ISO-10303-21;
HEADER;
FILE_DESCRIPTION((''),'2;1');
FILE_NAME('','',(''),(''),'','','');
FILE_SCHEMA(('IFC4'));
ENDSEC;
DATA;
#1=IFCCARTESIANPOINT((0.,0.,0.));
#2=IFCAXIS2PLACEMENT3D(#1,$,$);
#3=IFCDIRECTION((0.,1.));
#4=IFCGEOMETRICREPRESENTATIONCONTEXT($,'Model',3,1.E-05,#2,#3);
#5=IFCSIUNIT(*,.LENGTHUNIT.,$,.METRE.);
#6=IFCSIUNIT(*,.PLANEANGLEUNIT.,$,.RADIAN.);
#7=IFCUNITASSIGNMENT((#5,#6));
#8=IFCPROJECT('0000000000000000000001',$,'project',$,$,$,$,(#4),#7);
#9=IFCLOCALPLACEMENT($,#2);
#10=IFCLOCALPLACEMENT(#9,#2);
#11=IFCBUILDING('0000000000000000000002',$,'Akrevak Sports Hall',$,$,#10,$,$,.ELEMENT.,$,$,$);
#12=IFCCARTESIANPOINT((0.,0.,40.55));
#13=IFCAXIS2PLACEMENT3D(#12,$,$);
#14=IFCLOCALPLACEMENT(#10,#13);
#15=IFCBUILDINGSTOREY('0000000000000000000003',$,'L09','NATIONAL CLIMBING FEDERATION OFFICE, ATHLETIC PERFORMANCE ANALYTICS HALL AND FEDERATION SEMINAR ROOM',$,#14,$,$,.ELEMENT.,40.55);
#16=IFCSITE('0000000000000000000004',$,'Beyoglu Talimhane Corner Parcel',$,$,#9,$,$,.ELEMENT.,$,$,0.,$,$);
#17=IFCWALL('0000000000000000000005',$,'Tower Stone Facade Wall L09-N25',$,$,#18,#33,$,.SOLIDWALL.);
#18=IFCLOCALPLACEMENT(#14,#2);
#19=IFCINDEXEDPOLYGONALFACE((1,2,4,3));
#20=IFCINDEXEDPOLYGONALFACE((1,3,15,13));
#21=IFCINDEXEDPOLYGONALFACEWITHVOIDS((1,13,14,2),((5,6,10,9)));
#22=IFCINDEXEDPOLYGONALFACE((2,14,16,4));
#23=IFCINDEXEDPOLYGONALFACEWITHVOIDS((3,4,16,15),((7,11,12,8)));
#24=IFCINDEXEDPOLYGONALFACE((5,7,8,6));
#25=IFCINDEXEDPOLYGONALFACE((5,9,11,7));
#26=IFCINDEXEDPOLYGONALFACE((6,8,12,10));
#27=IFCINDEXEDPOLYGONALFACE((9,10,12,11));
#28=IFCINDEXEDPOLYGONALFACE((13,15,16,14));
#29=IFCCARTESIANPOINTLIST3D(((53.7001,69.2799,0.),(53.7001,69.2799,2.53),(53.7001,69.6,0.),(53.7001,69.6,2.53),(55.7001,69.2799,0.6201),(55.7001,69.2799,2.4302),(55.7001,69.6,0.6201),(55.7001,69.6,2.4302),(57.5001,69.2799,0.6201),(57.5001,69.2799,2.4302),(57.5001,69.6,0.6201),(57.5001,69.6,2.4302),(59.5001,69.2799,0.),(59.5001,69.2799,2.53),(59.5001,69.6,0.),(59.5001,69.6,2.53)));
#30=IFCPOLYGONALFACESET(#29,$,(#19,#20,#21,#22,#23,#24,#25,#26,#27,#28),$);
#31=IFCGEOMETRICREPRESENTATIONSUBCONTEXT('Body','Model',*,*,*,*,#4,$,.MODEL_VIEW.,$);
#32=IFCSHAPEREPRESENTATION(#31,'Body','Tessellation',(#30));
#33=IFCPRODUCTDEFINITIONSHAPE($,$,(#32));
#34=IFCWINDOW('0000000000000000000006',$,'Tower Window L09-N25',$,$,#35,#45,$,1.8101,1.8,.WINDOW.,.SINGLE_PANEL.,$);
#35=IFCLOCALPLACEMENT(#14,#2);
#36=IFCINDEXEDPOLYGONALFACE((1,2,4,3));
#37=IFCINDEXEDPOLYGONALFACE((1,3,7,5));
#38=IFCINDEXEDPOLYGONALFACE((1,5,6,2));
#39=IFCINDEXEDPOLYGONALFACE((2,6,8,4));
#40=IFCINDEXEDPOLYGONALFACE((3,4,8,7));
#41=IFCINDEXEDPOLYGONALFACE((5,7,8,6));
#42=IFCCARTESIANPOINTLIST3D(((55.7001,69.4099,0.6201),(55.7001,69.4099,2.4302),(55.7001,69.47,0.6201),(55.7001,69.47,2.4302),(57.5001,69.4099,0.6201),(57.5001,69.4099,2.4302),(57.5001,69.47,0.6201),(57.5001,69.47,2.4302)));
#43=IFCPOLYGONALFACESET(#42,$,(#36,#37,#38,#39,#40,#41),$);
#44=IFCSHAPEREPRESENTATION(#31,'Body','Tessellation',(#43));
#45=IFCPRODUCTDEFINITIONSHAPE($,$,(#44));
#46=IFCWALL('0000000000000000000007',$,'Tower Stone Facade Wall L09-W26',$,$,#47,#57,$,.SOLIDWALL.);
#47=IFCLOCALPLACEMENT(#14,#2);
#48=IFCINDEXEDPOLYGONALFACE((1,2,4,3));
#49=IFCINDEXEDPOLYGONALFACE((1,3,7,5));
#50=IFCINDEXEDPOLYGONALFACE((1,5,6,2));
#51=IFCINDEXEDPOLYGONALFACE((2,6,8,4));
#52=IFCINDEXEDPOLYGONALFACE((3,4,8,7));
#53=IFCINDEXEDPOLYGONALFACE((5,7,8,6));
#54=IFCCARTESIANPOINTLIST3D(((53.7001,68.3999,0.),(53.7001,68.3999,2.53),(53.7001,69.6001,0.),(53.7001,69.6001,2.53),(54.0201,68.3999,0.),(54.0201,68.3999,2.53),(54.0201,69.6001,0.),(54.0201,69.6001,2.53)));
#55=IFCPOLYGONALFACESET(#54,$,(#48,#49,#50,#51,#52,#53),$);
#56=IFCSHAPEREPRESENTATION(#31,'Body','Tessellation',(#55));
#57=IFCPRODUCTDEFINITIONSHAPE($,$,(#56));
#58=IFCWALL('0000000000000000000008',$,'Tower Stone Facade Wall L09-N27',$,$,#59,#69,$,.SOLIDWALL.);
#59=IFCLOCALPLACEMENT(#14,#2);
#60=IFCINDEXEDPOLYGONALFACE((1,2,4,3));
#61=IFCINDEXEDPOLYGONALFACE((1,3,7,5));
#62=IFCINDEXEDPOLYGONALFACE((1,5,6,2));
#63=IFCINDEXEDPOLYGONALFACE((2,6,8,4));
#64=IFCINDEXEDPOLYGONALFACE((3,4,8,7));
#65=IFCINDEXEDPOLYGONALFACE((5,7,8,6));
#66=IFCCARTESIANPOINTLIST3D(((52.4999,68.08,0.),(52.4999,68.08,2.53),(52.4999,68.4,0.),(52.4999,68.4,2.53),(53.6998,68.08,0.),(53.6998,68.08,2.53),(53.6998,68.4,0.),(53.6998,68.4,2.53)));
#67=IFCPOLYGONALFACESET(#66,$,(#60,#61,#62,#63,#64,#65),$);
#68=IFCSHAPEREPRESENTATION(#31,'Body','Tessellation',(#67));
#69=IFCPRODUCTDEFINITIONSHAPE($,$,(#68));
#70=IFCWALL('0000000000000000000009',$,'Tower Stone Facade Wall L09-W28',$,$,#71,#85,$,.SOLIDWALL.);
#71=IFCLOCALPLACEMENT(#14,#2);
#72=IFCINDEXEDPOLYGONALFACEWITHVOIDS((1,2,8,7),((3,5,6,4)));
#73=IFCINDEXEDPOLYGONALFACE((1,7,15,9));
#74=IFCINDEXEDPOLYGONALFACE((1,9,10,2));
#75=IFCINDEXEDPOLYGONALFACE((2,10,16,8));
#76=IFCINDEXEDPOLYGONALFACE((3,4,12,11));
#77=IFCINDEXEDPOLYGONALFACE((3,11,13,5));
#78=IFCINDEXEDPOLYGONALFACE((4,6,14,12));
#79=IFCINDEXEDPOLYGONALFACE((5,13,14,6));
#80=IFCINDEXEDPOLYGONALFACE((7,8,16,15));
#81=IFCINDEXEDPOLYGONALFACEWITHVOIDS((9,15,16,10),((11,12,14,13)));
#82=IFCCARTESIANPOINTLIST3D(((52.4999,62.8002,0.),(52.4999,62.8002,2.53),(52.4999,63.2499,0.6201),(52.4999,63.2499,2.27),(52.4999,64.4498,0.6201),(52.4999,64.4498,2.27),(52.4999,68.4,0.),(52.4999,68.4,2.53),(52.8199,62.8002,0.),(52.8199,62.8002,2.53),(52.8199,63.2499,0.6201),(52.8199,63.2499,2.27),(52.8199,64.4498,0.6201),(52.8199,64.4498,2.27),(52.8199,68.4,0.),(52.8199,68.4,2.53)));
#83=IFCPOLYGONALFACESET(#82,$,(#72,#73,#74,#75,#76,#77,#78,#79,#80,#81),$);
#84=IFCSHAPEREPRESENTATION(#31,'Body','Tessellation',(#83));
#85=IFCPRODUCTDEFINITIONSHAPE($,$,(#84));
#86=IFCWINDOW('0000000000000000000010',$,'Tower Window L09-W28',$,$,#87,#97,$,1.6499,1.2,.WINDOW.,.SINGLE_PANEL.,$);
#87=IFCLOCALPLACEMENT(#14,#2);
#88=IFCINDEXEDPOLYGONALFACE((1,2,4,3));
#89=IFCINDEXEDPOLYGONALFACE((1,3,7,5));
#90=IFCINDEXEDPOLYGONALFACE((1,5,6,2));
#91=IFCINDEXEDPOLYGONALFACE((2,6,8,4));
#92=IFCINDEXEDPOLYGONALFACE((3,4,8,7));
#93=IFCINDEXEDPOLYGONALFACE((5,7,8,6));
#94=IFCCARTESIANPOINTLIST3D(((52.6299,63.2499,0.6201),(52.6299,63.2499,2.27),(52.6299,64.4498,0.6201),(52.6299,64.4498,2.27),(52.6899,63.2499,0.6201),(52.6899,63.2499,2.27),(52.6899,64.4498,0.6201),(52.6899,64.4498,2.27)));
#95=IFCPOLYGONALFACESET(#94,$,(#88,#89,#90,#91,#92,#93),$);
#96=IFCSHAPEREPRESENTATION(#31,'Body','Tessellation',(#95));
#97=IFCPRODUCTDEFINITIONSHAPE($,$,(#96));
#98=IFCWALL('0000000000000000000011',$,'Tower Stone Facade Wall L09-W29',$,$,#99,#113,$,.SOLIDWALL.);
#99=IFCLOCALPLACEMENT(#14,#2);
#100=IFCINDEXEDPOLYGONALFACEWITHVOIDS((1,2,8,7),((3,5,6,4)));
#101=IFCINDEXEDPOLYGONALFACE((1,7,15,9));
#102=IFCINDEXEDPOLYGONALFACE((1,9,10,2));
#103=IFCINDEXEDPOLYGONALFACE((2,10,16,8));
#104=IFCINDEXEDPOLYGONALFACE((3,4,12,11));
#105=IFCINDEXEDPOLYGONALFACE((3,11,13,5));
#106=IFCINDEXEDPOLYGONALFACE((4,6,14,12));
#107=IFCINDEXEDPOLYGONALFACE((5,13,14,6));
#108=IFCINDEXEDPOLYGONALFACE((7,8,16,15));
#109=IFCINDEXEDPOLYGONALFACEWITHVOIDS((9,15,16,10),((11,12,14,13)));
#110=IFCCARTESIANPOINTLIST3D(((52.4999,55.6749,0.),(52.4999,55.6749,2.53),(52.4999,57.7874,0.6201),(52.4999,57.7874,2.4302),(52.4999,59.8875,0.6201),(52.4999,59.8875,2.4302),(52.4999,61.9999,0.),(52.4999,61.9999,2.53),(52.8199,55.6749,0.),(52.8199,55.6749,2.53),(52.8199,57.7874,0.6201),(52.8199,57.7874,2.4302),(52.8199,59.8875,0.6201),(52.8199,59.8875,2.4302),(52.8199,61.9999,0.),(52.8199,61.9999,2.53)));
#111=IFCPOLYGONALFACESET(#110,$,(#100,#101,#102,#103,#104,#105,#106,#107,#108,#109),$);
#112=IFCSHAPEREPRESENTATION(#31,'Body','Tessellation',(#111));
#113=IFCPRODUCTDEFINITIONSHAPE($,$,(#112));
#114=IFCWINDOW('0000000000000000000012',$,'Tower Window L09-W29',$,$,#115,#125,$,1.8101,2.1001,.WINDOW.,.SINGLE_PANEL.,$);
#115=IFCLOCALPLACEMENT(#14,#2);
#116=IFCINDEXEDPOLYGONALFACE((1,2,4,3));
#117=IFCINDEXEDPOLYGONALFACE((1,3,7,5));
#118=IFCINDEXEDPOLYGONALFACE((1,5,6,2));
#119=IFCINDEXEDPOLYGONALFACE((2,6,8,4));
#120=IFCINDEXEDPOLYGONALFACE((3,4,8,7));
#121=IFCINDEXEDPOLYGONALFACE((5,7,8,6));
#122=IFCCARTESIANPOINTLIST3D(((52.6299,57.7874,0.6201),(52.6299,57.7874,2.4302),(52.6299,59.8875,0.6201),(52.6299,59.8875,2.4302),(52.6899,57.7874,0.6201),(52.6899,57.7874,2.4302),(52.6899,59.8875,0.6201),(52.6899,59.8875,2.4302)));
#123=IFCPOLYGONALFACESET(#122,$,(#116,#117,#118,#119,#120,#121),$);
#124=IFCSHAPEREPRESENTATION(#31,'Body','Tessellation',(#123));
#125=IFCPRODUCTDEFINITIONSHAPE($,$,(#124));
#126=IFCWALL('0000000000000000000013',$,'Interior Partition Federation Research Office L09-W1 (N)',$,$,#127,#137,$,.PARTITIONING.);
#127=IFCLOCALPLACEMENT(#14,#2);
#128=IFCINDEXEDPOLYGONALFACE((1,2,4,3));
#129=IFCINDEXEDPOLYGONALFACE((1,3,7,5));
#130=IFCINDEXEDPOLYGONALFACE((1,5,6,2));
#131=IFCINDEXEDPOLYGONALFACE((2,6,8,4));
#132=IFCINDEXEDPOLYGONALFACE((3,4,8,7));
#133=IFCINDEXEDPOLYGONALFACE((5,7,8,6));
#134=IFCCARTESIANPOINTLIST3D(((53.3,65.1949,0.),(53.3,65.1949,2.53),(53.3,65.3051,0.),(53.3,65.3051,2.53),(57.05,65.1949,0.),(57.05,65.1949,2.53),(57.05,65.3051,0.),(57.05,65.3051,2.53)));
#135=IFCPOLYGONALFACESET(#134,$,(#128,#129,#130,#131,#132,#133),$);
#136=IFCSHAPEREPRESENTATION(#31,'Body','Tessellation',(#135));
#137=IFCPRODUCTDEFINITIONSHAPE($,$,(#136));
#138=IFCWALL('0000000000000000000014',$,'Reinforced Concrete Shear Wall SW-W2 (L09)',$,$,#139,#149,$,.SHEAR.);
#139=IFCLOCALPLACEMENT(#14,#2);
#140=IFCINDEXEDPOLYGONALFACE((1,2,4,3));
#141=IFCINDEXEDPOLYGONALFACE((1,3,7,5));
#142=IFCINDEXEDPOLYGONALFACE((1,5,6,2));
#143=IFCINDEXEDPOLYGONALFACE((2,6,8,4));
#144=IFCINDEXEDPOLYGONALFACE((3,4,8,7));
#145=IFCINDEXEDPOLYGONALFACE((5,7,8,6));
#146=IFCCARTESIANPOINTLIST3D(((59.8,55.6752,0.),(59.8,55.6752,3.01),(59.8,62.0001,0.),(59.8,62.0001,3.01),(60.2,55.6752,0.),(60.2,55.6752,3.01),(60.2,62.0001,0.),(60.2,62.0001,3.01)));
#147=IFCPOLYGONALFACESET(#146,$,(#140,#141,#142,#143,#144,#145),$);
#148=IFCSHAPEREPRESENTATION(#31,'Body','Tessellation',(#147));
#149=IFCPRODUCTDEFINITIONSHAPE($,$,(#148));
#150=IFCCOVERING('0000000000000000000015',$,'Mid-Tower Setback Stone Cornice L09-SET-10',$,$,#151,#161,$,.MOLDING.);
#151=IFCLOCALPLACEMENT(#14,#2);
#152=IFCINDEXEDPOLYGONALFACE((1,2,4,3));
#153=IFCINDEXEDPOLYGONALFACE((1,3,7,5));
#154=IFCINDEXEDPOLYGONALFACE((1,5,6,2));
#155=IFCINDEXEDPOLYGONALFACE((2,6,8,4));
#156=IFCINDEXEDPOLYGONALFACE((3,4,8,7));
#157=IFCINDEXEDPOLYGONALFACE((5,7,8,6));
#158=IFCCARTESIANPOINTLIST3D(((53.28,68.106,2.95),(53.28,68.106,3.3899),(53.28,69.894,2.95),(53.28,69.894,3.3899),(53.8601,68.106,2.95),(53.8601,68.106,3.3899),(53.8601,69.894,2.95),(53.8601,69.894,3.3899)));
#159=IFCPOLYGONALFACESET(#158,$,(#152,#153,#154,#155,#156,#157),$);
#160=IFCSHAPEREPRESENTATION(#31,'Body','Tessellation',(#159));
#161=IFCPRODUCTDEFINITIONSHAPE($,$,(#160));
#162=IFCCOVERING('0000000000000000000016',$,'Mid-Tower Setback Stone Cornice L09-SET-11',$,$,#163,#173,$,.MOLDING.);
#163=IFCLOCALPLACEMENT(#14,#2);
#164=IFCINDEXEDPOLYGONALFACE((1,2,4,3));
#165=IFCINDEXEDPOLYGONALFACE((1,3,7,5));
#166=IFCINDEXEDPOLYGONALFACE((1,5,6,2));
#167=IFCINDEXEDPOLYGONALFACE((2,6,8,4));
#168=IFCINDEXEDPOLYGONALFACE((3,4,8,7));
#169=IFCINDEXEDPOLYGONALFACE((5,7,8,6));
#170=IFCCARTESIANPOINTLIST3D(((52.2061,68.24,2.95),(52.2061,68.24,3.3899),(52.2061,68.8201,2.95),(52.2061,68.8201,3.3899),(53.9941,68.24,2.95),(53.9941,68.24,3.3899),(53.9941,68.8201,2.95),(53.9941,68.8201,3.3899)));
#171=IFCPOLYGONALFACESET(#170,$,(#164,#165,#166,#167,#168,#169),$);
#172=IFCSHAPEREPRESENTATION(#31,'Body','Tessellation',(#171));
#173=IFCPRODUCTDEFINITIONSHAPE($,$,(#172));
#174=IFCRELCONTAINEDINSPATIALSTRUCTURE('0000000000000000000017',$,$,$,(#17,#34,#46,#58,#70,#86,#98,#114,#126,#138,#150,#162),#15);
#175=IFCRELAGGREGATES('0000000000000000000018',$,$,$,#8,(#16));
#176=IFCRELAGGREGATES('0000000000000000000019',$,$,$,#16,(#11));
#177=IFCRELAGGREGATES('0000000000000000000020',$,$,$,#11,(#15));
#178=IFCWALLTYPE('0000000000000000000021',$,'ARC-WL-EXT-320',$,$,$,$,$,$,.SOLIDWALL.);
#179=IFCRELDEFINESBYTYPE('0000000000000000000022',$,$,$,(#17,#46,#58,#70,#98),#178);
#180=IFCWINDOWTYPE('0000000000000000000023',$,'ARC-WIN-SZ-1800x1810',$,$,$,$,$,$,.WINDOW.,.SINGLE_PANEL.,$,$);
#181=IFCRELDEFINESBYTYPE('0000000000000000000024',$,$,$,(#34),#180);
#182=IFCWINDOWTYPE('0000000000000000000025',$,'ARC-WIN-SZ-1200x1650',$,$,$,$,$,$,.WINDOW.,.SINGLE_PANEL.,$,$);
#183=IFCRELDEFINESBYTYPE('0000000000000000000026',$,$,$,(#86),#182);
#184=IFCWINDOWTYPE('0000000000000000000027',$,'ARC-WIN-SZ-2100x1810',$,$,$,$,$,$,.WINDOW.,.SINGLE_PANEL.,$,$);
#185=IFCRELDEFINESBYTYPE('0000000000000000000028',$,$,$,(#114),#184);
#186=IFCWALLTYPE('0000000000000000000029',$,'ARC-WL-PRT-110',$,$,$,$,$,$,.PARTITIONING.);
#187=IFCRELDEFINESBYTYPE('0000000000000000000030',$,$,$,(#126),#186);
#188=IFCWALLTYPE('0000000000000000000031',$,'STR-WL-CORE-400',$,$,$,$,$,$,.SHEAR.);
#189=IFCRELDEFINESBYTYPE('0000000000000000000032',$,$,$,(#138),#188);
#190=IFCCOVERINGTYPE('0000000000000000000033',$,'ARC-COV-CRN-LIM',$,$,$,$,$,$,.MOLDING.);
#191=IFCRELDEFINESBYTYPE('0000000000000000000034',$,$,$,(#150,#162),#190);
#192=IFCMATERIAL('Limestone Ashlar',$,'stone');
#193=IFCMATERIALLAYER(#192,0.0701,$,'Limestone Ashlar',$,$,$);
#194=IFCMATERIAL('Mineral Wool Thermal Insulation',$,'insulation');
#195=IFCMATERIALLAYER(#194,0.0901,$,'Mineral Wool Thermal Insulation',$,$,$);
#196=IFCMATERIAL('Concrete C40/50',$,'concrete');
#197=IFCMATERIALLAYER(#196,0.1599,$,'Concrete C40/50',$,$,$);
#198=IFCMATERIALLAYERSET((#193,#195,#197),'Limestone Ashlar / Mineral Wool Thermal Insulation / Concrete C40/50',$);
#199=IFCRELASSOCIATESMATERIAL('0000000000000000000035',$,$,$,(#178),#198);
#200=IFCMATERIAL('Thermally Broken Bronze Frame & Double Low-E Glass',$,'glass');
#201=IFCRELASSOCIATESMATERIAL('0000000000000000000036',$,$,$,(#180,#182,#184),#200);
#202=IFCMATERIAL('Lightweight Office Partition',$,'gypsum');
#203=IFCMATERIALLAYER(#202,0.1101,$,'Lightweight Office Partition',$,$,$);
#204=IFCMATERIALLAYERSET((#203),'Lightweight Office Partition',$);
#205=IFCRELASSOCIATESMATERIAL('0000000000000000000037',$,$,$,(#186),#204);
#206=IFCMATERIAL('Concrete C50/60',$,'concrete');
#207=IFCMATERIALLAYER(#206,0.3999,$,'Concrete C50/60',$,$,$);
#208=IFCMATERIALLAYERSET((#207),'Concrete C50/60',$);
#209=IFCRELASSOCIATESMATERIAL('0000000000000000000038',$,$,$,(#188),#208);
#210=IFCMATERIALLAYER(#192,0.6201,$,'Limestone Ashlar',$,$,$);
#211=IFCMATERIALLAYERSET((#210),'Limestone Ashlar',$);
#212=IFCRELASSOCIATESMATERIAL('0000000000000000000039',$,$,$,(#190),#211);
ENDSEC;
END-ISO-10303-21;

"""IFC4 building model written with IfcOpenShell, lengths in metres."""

from ifc_helpers import new_model, si_unit, direction, frame, frame_2d, origin, origin_2d, place, context, subcontext, project, spatial, rectangle, extrude, material, layer, layer_set, type_object, element, fill, save


model = new_model("IFC4")

# Units and contexts
model_context = context("Model", 3, precision=1e-05, world=origin(), true_north=direction((0.0, 1.0)))
body_context = subcontext(model_context, "Body", "Model", "MODEL_VIEW")
ifc_project = project(units=[si_unit("LENGTHUNIT", "METRE"), si_unit("PLANEANGLEUNIT", "RADIAN")], contexts=[model_context])

# Site, building, storey
site_placement = place(None, origin())
site = spatial("IfcSite", under=ifc_project, at=site_placement, Name="Beyoglu Talimhane Corner Parcel", CompositionType="ELEMENT", RefElevation=0.0)
building_placement = place(site_placement, origin())
building = spatial("IfcBuilding", under=site, at=building_placement, Name="Akrevak Sports Hall", CompositionType="ELEMENT")
storey_placement = place(building_placement, frame((0.0, 0.0, 40.55)))
storey = spatial("IfcBuildingStorey", under=building, at=storey_placement, Name="L09", Description="NATIONAL CLIMBING FEDERATION OFFICE, ATHLETIC PERFORMANCE ANALYTICS HALL AND FEDERATION SEMINAR ROOM", CompositionType="ELEMENT", Elevation=40.55)

# Shared definitions
ifc_material_1 = material(Name="Concrete C50/60", Category="concrete")
ifc_material_2 = material(Name="Concrete C40/50", Category="concrete")

# Wall, opening, window
ifc_material_3 = material(Name="Limestone Ashlar", Category="stone")
ifc_layer_1 = layer(ifc_material_3, 0.0701, Name="Limestone Ashlar")
ifc_material_4 = material(Name="Mineral Wool Thermal Insulation", Category="insulation")
ifc_layer_2 = layer(ifc_material_4, 0.0901, Name="Mineral Wool Thermal Insulation")
ifc_layer_3 = layer(ifc_material_2, 0.1599, Name="Concrete C40/50")
ifc_layer_set_1 = layer_set([ifc_layer_1, ifc_layer_2, ifc_layer_3], Name="Limestone Ashlar / Mineral Wool Thermal Insulation / Concrete C40/50")
wall_type_1 = type_object("IfcWallType", Name="ARC-WL-EXT-320", PredefinedType="SOLIDWALL", material=ifc_layer_set_1)
wall_1_placement = place(storey_placement, frame((59.5, 69.4399, 0.0), z_axis=(0.0, 0.0, 1.0), x_axis=(-1.0, 0.0, 0.0)))
wall_1 = element("IfcWall", 1, at=wall_1_placement, inside=storey, type_object=wall_type_1, Name="Tower Stone Facade Wall L09-N25", PredefinedType="SOLIDWALL", context=body_context, shape_type="SweptSolid", body=[
    extrude(rectangle(XDim=5.8, YDim=0.3201, at=frame_2d((2.8999, 0.0))), origin(), (0.0, 0.0, 1.0), 2.53),
])
opening_1_placement = place(wall_1_placement, frame((2.0, 0.0, 0.6201)))
opening_1 = element("IfcOpeningElement", 2, at=opening_1_placement, cuts=wall_1, PredefinedType="OPENING", context=body_context, shape_type="SweptSolid", body=[
    extrude(rectangle(XDim=1.8, YDim=1.8101, at=frame_2d((0.8999, 0.905))), frame((0.0, 0.1719, 0.0), z_axis=(0.0, -1.0, 0.0), x_axis=(1.0, 0.0, 0.0)), (0.0, 0.0, 1.0), 0.344),
])
ifc_material_5 = material(Name="Thermally Broken Bronze Frame & Double Low-E Glass", Category="glass")
window_type_1 = type_object("IfcWindowType", Name="ARC-WIN-SZ-1800x1810", PartitioningType="SINGLE_PANEL", PredefinedType="WINDOW", material=ifc_material_5)
window_1_placement = place(opening_1_placement, origin())
window_1 = element("IfcWindow", 3, at=window_1_placement, inside=storey, type_object=window_type_1, Name="Tower Window L09-N25", OverallHeight=1.8101, OverallWidth=1.8, PartitioningType="SINGLE_PANEL", PredefinedType="WINDOW", context=body_context, shape_type="SweptSolid", body=[
    extrude(rectangle(XDim=1.8, YDim=1.8101, at=frame_2d((0.8999, 0.905))), frame((0.0, 0.03, 0.0), z_axis=(0.0, -1.0, 0.0), x_axis=(1.0, 0.0, 0.0)), (0.0, 0.0, 1.0), 0.0601),
])
fill(opening_1, window_1)

# Walls
wall_2_placement = place(storey_placement, frame((53.8601, 69.6001, 0.0), z_axis=(0.0, 0.0, 1.0), x_axis=(0.0, -1.0, 0.0)))
element("IfcWall", 4, at=wall_2_placement, inside=storey, type_object=wall_type_1, Name="Tower Stone Facade Wall L09-W26", PredefinedType="SOLIDWALL", context=body_context, shape_type="SweptSolid", body=[
    extrude(rectangle(XDim=1.2002, YDim=0.3201, at=frame_2d((0.6001, 0.0))), origin(), (0.0, 0.0, 1.0), 2.53),
])
wall_3_placement = place(storey_placement, frame((53.7, 68.24, 0.0), z_axis=(0.0, 0.0, 1.0), x_axis=(-1.0, 0.0, 0.0)))
element("IfcWall", 5, at=wall_3_placement, inside=storey, type_object=wall_type_1, Name="Tower Stone Facade Wall L09-N27", PredefinedType="SOLIDWALL", context=body_context, shape_type="SweptSolid", body=[
    extrude(rectangle(XDim=1.2, YDim=0.3201, at=frame_2d((0.6001, 0.0))), origin(), (0.0, 0.0, 1.0), 2.53),
])

# Walls, openings, windows
wall_4_placement = place(storey_placement, frame((52.6599, 68.3999, 0.0), z_axis=(0.0, 0.0, 1.0), x_axis=(0.0, -1.0, 0.0)))
wall_4 = element("IfcWall", 6, at=wall_4_placement, inside=storey, type_object=wall_type_1, Name="Tower Stone Facade Wall L09-W28", PredefinedType="SOLIDWALL", context=body_context, shape_type="SweptSolid", body=[
    extrude(rectangle(XDim=5.5999, YDim=0.3201, at=frame_2d((2.7998, 0.0))), origin(), (0.0, 0.0, 1.0), 2.53),
])
opening_2_placement = place(wall_4_placement, frame((3.95, 0.0, 0.6201)))
opening_2 = element("IfcOpeningElement", 7, at=opening_2_placement, cuts=wall_4, PredefinedType="OPENING", context=body_context, shape_type="SweptSolid", body=[
    extrude(rectangle(XDim=1.2, YDim=1.6499, at=frame_2d((0.6001, 0.825))), frame((0.0, 0.1719, 0.0), z_axis=(0.0, -1.0, 0.0), x_axis=(1.0, 0.0, 0.0)), (0.0, 0.0, 1.0), 0.344),
])
window_type_2 = type_object("IfcWindowType", Name="ARC-WIN-SZ-1200x1650", PartitioningType="SINGLE_PANEL", PredefinedType="WINDOW", material=ifc_material_5)
window_2_placement = place(opening_2_placement, origin())
window_2 = element("IfcWindow", 8, at=window_2_placement, inside=storey, type_object=window_type_2, Name="Tower Window L09-W28", OverallHeight=1.6499, OverallWidth=1.2, PartitioningType="SINGLE_PANEL", PredefinedType="WINDOW", context=body_context, shape_type="SweptSolid", body=[
    extrude(rectangle(XDim=1.2, YDim=1.6499, at=frame_2d((0.6001, 0.825))), frame((0.0, 0.03, 0.0), z_axis=(0.0, -1.0, 0.0), x_axis=(1.0, 0.0, 0.0)), (0.0, 0.0, 1.0), 0.0601),
])
fill(opening_2, window_2)
wall_5_placement = place(storey_placement, frame((52.6599, 62.0, 0.0), z_axis=(0.0, 0.0, 1.0), x_axis=(0.0, -1.0, 0.0)))
wall_5 = element("IfcWall", 9, at=wall_5_placement, inside=storey, type_object=wall_type_1, Name="Tower Stone Facade Wall L09-W29", PredefinedType="SOLIDWALL", context=body_context, shape_type="SweptSolid", body=[
    extrude(rectangle(XDim=6.325, YDim=0.3201, at=frame_2d((3.1626, 0.0))), origin(), (0.0, 0.0, 1.0), 2.53),
])
opening_3_placement = place(wall_5_placement, frame((2.1125, 0.0, 0.6201)))
opening_3 = element("IfcOpeningElement", 10, at=opening_3_placement, cuts=wall_5, PredefinedType="OPENING", context=body_context, shape_type="SweptSolid", body=[
    extrude(rectangle(XDim=2.1001, YDim=1.8101, at=frame_2d((1.05, 0.905))), frame((0.0, 0.1719, 0.0), z_axis=(0.0, -1.0, 0.0), x_axis=(1.0, 0.0, 0.0)), (0.0, 0.0, 1.0), 0.344),
])
window_type_3 = type_object("IfcWindowType", Name="ARC-WIN-SZ-2100x1810", PartitioningType="SINGLE_PANEL", PredefinedType="WINDOW", material=ifc_material_5)
window_3_placement = place(opening_3_placement, origin())
window_3 = element("IfcWindow", 11, at=window_3_placement, inside=storey, type_object=window_type_3, Name="Tower Window L09-W29", OverallHeight=1.8101, OverallWidth=2.1001, PartitioningType="SINGLE_PANEL", PredefinedType="WINDOW", context=body_context, shape_type="SweptSolid", body=[
    extrude(rectangle(XDim=2.1001, YDim=1.8101, at=frame_2d((1.05, 0.905))), frame((0.0, 0.03, 0.0), z_axis=(0.0, -1.0, 0.0), x_axis=(1.0, 0.0, 0.0)), (0.0, 0.0, 1.0), 0.0601),
])
fill(opening_3, window_3)

# Walls
ifc_material_6 = material(Name="Lightweight Office Partition", Category="gypsum")
ifc_layer_4 = layer(ifc_material_6, 0.1101, Name="Lightweight Office Partition")
ifc_layer_set_2 = layer_set([ifc_layer_4], Name="Lightweight Office Partition")
wall_type_2 = type_object("IfcWallType", Name="ARC-WL-PRT-110", PredefinedType="PARTITIONING", material=ifc_layer_set_2)
wall_6_placement = place(storey_placement, frame((53.3, 65.25, 0.0), z_axis=(0.0, 0.0, 1.0), x_axis=(1.0, 0.0, 0.0)))
element("IfcWall", 12, at=wall_6_placement, inside=storey, type_object=wall_type_2, Name="Interior Partition Federation Research Office L09-W1 (N)", PredefinedType="PARTITIONING", context=body_context, shape_type="SweptSolid", body=[
    extrude(rectangle(XDim=3.75, YDim=0.1101, at=frame_2d((1.875, 0.0))), origin(), (0.0, 0.0, 1.0), 2.53),
])
ifc_layer_5 = layer(ifc_material_1, 0.3999, Name="Concrete C50/60")
ifc_layer_set_3 = layer_set([ifc_layer_5], Name="Concrete C50/60")
wall_type_3 = type_object("IfcWallType", Name="STR-WL-CORE-400", PredefinedType="SHEAR", material=ifc_layer_set_3)
wall_7_placement = place(storey_placement, frame((60.0, 55.675, 0.0), z_axis=(0.0, 0.0, 1.0), x_axis=(0.0, 1.0, 0.0)))
element("IfcWall", 13, at=wall_7_placement, inside=storey, type_object=wall_type_3, Name="Reinforced Concrete Shear Wall SW-W2 (L09)", PredefinedType="SHEAR", context=body_context, shape_type="SweptSolid", body=[
    extrude(rectangle(XDim=6.325, YDim=0.3999, at=frame_2d((3.1626, 0.0))), origin(), (0.0, 0.0, 1.0), 3.01),
])

# Coverings
ifc_layer_6 = layer(ifc_material_3, 0.6201, Name="Limestone Ashlar")
ifc_layer_set_4 = layer_set([ifc_layer_6], Name="Limestone Ashlar")
covering_type_1 = type_object("IfcCoveringType", Name="ARC-COV-CRN-LIM", PredefinedType="MOLDING", material=ifc_layer_set_4)
for number, where, z_axis, x_axis, name in (
    (14, (53.5701, 69.0, 2.95), (0.0, 0.0, 1.0), (0.0, -1.0, 0.0), "Mid-Tower Setback Stone Cornice L09-SET-10"),
    (15, (53.1001, 68.53, 2.95), (0.0, 0.0, 1.0), (-1.0, 0.0, 0.0), "Mid-Tower Setback Stone Cornice L09-SET-11"),
):
    element("IfcCovering", number, at=place(storey_placement, frame(where, z_axis=z_axis, x_axis=x_axis)), inside=storey, type_object=covering_type_1, Name=name, PredefinedType="MOLDING", context=body_context, shape_type="SweptSolid", body=[
        extrude(rectangle(XDim=1.7881, YDim=0.5801, at=origin_2d()), origin(), (0.0, 0.0, 1.0), 0.4399),
    ])

save(model, "model.ifc")
